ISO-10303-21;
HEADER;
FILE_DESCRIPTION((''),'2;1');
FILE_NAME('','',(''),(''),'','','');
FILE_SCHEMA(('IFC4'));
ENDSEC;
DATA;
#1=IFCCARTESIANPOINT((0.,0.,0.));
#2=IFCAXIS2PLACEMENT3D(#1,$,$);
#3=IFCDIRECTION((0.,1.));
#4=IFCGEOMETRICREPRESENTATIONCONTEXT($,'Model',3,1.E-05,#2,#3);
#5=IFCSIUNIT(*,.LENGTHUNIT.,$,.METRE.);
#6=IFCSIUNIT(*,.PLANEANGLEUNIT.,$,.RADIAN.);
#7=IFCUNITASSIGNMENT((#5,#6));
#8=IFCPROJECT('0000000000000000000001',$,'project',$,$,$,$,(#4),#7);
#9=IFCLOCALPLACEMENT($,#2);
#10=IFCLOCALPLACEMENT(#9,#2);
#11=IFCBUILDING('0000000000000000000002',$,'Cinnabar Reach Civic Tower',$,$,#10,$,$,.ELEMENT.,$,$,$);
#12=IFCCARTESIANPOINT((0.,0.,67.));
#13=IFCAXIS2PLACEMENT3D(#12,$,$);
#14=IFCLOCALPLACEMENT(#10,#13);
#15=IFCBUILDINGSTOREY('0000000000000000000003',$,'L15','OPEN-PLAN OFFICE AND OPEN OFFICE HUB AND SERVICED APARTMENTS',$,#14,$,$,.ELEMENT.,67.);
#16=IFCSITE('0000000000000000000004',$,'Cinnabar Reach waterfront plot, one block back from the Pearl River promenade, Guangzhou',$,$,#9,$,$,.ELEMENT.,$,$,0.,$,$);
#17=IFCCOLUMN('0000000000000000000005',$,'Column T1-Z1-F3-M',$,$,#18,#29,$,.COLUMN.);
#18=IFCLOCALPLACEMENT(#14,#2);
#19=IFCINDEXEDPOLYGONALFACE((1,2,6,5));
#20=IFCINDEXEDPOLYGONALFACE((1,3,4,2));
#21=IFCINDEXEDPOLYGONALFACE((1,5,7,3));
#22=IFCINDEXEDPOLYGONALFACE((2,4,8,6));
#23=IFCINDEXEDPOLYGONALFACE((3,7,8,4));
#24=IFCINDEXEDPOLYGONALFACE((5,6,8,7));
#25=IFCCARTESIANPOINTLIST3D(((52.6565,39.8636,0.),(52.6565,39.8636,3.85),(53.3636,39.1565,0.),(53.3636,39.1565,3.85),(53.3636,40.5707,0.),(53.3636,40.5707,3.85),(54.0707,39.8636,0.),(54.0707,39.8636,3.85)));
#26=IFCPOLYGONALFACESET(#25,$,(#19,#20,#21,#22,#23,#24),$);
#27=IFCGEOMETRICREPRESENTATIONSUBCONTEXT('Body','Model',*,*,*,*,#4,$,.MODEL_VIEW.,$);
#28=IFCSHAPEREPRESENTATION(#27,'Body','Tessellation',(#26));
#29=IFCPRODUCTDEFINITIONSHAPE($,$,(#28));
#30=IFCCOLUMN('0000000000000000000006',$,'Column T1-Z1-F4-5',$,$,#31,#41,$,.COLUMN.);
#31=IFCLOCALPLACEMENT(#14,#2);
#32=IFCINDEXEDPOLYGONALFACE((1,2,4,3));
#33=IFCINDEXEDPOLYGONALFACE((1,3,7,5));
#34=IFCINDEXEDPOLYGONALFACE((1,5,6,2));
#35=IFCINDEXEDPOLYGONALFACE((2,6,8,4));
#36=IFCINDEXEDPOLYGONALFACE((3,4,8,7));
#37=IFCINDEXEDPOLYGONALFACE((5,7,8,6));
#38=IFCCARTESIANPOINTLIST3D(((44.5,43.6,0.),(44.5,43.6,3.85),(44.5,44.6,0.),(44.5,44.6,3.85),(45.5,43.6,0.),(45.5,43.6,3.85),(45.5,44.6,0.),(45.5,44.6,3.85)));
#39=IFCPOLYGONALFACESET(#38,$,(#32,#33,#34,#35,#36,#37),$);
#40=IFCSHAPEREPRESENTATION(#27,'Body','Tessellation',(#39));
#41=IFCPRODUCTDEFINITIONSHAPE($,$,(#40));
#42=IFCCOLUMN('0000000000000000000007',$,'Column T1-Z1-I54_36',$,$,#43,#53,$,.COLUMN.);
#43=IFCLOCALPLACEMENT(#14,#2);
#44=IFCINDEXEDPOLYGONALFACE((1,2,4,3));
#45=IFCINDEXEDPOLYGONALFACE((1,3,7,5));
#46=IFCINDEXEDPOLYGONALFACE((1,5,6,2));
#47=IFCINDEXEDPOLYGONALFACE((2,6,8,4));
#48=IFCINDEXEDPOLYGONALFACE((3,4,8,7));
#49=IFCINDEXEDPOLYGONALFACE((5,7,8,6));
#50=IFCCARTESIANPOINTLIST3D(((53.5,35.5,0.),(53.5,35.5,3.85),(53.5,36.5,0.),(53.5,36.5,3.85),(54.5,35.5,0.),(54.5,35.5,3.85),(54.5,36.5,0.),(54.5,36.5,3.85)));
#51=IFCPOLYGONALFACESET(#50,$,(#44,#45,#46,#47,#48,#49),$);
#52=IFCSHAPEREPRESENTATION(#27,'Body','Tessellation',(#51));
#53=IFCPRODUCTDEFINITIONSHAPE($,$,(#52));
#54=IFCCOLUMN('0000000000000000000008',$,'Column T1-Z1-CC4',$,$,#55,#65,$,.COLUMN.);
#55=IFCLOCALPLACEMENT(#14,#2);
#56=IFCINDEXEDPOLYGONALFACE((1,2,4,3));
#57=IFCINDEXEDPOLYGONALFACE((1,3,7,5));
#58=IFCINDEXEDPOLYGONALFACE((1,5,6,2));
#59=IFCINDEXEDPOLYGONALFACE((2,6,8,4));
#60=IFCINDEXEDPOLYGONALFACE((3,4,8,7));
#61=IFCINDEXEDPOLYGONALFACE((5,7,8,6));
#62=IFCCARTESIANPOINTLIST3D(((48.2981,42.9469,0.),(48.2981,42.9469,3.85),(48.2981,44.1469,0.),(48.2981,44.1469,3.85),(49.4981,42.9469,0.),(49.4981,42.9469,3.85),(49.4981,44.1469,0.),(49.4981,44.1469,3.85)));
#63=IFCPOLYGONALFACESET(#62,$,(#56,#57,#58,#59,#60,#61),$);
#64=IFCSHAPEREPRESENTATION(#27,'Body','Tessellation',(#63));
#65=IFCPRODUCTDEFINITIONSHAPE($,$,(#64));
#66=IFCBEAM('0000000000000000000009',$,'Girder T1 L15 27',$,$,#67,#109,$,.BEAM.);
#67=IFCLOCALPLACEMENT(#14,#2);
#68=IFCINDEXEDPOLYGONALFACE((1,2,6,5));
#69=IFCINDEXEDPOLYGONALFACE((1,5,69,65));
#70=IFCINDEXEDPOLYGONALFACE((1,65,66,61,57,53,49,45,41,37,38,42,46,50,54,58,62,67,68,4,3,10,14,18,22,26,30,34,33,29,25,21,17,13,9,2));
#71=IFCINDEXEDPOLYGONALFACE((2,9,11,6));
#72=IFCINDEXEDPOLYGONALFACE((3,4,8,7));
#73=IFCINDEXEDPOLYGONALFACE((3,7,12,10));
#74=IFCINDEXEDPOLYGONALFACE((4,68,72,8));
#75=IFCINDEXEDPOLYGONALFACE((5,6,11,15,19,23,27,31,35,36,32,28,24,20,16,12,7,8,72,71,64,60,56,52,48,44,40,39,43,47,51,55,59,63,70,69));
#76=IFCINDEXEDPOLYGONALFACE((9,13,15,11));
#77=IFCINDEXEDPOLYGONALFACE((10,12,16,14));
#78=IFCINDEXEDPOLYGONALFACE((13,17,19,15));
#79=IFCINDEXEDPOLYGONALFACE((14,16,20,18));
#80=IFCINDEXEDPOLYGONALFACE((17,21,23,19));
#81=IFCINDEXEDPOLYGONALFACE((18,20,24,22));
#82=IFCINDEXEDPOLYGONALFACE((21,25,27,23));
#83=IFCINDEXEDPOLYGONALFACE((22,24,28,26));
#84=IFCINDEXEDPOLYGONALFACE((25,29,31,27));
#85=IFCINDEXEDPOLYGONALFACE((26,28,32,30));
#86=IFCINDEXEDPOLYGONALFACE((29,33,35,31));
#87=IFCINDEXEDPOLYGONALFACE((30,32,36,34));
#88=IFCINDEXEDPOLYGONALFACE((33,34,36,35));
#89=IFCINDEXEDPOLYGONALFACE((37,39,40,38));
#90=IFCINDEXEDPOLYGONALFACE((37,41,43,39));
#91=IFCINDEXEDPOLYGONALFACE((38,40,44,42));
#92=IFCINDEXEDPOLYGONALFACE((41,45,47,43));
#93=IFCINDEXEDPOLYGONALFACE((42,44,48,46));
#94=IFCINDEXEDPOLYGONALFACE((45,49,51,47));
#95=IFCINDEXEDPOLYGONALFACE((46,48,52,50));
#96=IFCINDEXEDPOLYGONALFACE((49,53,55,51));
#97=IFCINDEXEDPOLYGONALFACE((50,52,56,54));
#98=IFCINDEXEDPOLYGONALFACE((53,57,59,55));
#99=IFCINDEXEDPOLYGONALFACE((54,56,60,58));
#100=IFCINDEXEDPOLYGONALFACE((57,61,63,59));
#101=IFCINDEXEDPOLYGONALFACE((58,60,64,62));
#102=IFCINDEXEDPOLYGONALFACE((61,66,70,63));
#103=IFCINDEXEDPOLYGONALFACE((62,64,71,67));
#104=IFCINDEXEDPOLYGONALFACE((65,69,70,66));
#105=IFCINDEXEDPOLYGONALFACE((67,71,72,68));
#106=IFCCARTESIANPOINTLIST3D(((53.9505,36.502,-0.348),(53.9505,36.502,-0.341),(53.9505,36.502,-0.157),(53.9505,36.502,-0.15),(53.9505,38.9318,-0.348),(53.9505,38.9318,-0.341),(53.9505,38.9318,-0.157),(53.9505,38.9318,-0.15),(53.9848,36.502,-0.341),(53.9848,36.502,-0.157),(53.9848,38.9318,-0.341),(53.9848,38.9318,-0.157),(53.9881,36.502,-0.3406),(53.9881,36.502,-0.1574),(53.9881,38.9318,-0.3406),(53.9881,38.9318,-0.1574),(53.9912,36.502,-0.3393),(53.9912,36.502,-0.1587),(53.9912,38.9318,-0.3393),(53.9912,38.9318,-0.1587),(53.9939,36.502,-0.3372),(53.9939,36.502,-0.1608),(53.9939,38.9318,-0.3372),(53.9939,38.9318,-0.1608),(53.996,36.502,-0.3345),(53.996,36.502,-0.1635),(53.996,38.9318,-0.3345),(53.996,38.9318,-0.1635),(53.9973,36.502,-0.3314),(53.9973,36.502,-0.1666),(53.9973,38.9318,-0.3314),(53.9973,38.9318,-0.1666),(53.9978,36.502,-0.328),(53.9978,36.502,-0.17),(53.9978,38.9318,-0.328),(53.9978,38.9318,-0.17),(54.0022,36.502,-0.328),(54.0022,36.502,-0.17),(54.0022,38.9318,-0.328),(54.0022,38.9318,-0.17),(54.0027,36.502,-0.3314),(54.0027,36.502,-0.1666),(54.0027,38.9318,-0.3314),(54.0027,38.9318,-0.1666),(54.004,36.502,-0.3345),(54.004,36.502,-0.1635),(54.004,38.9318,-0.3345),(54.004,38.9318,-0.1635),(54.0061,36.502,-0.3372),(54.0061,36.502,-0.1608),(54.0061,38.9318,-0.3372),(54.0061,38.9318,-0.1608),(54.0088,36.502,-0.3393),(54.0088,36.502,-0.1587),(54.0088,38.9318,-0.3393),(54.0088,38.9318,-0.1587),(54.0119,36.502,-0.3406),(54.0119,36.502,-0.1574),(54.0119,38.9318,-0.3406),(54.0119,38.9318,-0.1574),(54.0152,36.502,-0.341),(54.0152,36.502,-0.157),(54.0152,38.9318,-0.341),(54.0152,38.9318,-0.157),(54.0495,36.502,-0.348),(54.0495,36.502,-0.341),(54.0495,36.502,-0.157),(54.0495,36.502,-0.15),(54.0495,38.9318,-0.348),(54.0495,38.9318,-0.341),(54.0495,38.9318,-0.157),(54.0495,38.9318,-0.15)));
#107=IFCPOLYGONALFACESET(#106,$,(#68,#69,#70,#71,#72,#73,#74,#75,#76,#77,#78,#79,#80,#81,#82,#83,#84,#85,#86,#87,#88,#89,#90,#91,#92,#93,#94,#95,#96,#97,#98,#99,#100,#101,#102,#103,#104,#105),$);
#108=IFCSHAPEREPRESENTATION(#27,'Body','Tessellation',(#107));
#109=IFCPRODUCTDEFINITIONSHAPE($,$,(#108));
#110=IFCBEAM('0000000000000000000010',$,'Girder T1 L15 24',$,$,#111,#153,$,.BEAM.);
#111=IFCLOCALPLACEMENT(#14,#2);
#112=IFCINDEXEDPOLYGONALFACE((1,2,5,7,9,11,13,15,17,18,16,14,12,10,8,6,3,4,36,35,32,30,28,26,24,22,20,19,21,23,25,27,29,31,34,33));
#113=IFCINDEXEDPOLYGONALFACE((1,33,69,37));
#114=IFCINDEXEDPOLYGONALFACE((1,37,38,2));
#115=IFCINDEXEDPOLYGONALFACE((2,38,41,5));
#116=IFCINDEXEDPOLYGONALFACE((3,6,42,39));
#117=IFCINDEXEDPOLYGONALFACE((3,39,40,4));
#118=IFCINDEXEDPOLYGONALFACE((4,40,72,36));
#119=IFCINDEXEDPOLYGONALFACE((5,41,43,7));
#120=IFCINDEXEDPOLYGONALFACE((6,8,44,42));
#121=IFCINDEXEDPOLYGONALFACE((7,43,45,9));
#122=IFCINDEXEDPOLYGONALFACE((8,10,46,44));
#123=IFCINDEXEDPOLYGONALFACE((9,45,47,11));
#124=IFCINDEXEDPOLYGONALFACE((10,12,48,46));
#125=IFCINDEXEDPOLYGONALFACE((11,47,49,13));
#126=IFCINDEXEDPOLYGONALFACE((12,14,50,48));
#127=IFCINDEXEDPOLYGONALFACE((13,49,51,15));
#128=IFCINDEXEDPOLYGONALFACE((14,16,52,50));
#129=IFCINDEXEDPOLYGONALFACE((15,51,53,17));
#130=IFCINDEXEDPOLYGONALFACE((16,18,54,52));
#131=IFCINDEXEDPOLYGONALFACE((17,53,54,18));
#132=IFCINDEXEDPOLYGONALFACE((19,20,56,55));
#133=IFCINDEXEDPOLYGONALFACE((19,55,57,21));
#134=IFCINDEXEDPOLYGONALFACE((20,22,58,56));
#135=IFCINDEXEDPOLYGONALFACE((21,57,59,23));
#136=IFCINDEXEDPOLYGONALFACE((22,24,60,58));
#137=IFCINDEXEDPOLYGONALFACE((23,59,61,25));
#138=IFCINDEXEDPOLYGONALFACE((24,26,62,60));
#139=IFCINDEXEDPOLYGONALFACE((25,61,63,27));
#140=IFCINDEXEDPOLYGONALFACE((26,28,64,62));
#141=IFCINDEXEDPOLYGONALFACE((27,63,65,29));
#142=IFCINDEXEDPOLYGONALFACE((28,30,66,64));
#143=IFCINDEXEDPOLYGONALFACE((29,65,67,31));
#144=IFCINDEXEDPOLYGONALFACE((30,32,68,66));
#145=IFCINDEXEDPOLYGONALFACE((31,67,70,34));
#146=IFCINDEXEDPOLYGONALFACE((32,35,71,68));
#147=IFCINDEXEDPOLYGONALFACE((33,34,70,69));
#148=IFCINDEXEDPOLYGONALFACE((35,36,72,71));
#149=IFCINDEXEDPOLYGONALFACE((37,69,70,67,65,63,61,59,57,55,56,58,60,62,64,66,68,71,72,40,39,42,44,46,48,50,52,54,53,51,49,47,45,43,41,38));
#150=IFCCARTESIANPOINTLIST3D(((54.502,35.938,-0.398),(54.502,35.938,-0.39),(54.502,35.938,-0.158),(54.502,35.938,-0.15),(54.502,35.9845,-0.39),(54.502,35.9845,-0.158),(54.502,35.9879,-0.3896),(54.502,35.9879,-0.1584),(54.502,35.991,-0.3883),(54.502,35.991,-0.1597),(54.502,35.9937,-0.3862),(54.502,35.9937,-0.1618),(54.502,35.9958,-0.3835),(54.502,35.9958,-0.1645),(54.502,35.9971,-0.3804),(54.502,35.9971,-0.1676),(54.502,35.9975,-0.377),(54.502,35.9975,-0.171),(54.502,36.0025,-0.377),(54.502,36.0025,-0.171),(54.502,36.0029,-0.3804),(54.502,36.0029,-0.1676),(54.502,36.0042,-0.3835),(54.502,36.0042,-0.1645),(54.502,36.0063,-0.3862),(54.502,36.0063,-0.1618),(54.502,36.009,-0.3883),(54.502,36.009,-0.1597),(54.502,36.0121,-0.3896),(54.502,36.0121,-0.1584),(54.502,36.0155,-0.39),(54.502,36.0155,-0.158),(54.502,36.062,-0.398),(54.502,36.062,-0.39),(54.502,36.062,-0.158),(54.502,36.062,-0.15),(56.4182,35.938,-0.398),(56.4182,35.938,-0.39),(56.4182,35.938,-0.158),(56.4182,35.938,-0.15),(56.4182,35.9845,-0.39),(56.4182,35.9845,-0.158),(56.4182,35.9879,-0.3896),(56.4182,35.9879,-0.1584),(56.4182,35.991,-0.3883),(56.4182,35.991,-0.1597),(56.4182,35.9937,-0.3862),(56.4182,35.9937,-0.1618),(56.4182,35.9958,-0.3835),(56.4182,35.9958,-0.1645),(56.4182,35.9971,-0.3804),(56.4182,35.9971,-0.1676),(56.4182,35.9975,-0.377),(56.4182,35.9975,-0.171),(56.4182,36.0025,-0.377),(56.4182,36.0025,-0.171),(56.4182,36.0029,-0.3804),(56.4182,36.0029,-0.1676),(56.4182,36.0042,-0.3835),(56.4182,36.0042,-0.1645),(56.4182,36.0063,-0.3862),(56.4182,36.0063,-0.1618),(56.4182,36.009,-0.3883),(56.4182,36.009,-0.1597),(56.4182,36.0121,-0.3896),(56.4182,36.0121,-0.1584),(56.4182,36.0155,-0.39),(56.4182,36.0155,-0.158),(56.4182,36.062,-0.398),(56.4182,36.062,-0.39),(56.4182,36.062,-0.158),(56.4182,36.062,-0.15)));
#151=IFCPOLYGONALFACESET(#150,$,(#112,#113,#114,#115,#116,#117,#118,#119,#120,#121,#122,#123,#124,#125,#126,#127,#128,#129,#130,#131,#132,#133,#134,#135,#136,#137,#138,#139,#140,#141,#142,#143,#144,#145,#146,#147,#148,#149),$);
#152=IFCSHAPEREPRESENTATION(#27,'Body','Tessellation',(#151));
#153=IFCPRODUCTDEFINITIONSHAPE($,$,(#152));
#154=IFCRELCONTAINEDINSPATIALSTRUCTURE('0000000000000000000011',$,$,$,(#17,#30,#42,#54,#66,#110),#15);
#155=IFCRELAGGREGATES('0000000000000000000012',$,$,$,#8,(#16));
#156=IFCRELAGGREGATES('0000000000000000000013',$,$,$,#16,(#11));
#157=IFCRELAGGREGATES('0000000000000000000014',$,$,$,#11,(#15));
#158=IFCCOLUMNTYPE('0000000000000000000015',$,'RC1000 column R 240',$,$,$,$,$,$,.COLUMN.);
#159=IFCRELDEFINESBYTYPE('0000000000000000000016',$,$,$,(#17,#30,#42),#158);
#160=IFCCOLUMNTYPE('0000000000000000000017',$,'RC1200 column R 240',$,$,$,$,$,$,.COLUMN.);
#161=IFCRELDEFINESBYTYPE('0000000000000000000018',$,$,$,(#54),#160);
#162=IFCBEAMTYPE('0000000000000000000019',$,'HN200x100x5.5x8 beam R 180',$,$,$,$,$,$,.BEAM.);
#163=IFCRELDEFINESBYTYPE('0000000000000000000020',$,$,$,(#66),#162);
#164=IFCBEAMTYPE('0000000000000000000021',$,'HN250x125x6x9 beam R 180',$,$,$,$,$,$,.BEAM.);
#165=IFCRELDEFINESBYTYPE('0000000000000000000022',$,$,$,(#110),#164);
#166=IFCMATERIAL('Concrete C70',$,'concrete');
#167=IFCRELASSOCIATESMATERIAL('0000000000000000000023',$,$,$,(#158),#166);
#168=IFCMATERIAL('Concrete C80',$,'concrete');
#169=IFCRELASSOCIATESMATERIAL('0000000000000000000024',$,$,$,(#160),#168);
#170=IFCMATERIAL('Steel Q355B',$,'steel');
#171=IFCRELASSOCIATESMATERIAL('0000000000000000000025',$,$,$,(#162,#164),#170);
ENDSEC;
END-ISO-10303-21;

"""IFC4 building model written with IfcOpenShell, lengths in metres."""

from ifc_helpers import new_model, si_unit, direction, frame, origin, origin_2d, place, context, subcontext, project, spatial, rectangle, i_section, extrude, material, material_profile, profile_set, type_object, element, save


model = new_model("IFC4")

# Units and contexts
model_context = context("Model", 3, precision=1e-05, world=origin(), true_north=direction((0.0, 1.0)))
body_context = subcontext(model_context, "Body", "Model", "MODEL_VIEW")
ifc_project = project(units=[si_unit("LENGTHUNIT", "METRE"), si_unit("PLANEANGLEUNIT", "RADIAN")], contexts=[model_context])

# Site, building, storey
site_placement = place(None, origin())
site = spatial("IfcSite", under=ifc_project, at=site_placement, Name="Cinnabar Reach waterfront plot, one block back from the Pearl River promenade, Guangzhou", CompositionType="ELEMENT", RefElevation=0.0)
building_placement = place(site_placement, origin())
building = spatial("IfcBuilding", under=site, at=building_placement, Name="Cinnabar Reach Civic Tower", CompositionType="ELEMENT")
storey_placement = place(building_placement, frame((0.0, 0.0, 67.0)))
storey = spatial("IfcBuildingStorey", under=building, at=storey_placement, Name="L15", Description="OPEN-PLAN OFFICE AND OPEN OFFICE HUB AND SERVICED APARTMENTS", CompositionType="ELEMENT", Elevation=67.0)

# Columns
ifc_material_1 = material(Name="Concrete C70", Category="concrete")
ifc_material_profile_1 = material_profile(ifc_material_1, rectangle(XDim=1.0, YDim=1.0, at=origin_2d()), Name="RC1000")
ifc_profile_set_1 = profile_set([ifc_material_profile_1], Name="Concrete C70")
column_type_1 = type_object("IfcColumnType", Name="RC1000 column R 240", PredefinedType="COLUMN", material=ifc_profile_set_1)
for number, where, z_axis, x_axis, name in (
    (1, (53.3636, 39.8636, 0.0), (0.0, 0.0, 1.0), (0.707107, 0.707107, 0.0), "Column T1-Z1-F3-M"),
    (2, (45.0, 44.1, 0.0), (0.0, 0.0, 1.0), (1.0, 0.0, 0.0), "Column T1-Z1-F4-5"),
    (3, (54.0, 36.0, 0.0), (0.0, 0.0, 1.0), (1.0, 0.0, 0.0), "Column T1-Z1-I54_36"),
):
    element("IfcColumn", number, at=place(storey_placement, frame(where, z_axis=z_axis, x_axis=x_axis)), inside=storey, type_object=column_type_1, Name=name, PredefinedType="COLUMN", context=body_context, shape_type="SweptSolid", body=[
        extrude(rectangle(XDim=1.0, YDim=1.0, at=origin_2d()), origin(), (0.0, 0.0, 1.0), 3.85),
    ])
ifc_material_2 = material(Name="Concrete C80", Category="concrete")
ifc_material_profile_2 = material_profile(ifc_material_2, rectangle(XDim=1.2, YDim=1.2, at=origin_2d()), Name="RC1200")
ifc_profile_set_2 = profile_set([ifc_material_profile_2], Name="Concrete C80")
column_type_2 = type_object("IfcColumnType", Name="RC1200 column R 240", PredefinedType="COLUMN", material=ifc_profile_set_2)
column_placement = place(storey_placement, frame((48.8981, 43.5469, 0.0), z_axis=(0.0, 0.0, 1.0), x_axis=(1.0, 0.0, 0.0)))
element("IfcColumn", 4, at=column_placement, inside=storey, type_object=column_type_2, Name="Column T1-Z1-CC4", PredefinedType="COLUMN", context=body_context, shape_type="SweptSolid", body=[
    extrude(rectangle(XDim=1.2, YDim=1.2, at=origin_2d()), origin(), (0.0, 0.0, 1.0), 3.85),
])

# Beams
ifc_material_3 = material(Name="Steel Q355B", Category="steel")
ifc_material_profile_3 = material_profile(ifc_material_3, i_section(OverallWidth=0.099, OverallDepth=0.198, WebThickness=0.0045, FlangeThickness=0.007, FilletRadius=0.013, at=origin_2d()), Name="HN200x100x5.5x8")
ifc_profile_set_3 = profile_set([ifc_material_profile_3], Name="Steel Q355B")
beam_type_1 = type_object("IfcBeamType", Name="HN200x100x5.5x8 beam R 180", PredefinedType="BEAM", material=ifc_profile_set_3)
beam_1_placement = place(storey_placement, frame((54.0, 36.502, -0.249), z_axis=(0.0, 1.0, 0.0), x_axis=(-1.0, 0.0, 0.0)))
element("IfcBeam", 5, at=beam_1_placement, inside=storey, type_object=beam_type_1, Name="Girder T1 L15 27", PredefinedType="BEAM", context=body_context, shape_type="SweptSolid", body=[
    extrude(i_section(OverallWidth=0.099, OverallDepth=0.198, WebThickness=0.0045, FlangeThickness=0.007, FilletRadius=0.013, at=origin_2d()), origin(), (0.0, 0.0, 1.0), 2.4298),
])
ifc_material_profile_4 = material_profile(ifc_material_3, i_section(OverallWidth=0.124, OverallDepth=0.248, WebThickness=0.005, FlangeThickness=0.008, FilletRadius=0.013, at=origin_2d()), Name="HN250x125x6x9")
ifc_profile_set_4 = profile_set([ifc_material_profile_4], Name="Steel Q355B")
beam_type_2 = type_object("IfcBeamType", Name="HN250x125x6x9 beam R 180", PredefinedType="BEAM", material=ifc_profile_set_4)
beam_2_placement = place(storey_placement, frame((54.502, 36.0, -0.274), z_axis=(1.0, 0.0, 0.0), x_axis=(0.0, 1.0, 0.0)))
element("IfcBeam", 6, at=beam_2_placement, inside=storey, type_object=beam_type_2, Name="Girder T1 L15 24", PredefinedType="BEAM", context=body_context, shape_type="SweptSolid", body=[
    extrude(i_section(OverallWidth=0.124, OverallDepth=0.248, WebThickness=0.005, FlangeThickness=0.008, FilletRadius=0.013, at=origin_2d()), origin(), (0.0, 0.0, 1.0), 1.9162),
])

save(model, "model.ifc")
